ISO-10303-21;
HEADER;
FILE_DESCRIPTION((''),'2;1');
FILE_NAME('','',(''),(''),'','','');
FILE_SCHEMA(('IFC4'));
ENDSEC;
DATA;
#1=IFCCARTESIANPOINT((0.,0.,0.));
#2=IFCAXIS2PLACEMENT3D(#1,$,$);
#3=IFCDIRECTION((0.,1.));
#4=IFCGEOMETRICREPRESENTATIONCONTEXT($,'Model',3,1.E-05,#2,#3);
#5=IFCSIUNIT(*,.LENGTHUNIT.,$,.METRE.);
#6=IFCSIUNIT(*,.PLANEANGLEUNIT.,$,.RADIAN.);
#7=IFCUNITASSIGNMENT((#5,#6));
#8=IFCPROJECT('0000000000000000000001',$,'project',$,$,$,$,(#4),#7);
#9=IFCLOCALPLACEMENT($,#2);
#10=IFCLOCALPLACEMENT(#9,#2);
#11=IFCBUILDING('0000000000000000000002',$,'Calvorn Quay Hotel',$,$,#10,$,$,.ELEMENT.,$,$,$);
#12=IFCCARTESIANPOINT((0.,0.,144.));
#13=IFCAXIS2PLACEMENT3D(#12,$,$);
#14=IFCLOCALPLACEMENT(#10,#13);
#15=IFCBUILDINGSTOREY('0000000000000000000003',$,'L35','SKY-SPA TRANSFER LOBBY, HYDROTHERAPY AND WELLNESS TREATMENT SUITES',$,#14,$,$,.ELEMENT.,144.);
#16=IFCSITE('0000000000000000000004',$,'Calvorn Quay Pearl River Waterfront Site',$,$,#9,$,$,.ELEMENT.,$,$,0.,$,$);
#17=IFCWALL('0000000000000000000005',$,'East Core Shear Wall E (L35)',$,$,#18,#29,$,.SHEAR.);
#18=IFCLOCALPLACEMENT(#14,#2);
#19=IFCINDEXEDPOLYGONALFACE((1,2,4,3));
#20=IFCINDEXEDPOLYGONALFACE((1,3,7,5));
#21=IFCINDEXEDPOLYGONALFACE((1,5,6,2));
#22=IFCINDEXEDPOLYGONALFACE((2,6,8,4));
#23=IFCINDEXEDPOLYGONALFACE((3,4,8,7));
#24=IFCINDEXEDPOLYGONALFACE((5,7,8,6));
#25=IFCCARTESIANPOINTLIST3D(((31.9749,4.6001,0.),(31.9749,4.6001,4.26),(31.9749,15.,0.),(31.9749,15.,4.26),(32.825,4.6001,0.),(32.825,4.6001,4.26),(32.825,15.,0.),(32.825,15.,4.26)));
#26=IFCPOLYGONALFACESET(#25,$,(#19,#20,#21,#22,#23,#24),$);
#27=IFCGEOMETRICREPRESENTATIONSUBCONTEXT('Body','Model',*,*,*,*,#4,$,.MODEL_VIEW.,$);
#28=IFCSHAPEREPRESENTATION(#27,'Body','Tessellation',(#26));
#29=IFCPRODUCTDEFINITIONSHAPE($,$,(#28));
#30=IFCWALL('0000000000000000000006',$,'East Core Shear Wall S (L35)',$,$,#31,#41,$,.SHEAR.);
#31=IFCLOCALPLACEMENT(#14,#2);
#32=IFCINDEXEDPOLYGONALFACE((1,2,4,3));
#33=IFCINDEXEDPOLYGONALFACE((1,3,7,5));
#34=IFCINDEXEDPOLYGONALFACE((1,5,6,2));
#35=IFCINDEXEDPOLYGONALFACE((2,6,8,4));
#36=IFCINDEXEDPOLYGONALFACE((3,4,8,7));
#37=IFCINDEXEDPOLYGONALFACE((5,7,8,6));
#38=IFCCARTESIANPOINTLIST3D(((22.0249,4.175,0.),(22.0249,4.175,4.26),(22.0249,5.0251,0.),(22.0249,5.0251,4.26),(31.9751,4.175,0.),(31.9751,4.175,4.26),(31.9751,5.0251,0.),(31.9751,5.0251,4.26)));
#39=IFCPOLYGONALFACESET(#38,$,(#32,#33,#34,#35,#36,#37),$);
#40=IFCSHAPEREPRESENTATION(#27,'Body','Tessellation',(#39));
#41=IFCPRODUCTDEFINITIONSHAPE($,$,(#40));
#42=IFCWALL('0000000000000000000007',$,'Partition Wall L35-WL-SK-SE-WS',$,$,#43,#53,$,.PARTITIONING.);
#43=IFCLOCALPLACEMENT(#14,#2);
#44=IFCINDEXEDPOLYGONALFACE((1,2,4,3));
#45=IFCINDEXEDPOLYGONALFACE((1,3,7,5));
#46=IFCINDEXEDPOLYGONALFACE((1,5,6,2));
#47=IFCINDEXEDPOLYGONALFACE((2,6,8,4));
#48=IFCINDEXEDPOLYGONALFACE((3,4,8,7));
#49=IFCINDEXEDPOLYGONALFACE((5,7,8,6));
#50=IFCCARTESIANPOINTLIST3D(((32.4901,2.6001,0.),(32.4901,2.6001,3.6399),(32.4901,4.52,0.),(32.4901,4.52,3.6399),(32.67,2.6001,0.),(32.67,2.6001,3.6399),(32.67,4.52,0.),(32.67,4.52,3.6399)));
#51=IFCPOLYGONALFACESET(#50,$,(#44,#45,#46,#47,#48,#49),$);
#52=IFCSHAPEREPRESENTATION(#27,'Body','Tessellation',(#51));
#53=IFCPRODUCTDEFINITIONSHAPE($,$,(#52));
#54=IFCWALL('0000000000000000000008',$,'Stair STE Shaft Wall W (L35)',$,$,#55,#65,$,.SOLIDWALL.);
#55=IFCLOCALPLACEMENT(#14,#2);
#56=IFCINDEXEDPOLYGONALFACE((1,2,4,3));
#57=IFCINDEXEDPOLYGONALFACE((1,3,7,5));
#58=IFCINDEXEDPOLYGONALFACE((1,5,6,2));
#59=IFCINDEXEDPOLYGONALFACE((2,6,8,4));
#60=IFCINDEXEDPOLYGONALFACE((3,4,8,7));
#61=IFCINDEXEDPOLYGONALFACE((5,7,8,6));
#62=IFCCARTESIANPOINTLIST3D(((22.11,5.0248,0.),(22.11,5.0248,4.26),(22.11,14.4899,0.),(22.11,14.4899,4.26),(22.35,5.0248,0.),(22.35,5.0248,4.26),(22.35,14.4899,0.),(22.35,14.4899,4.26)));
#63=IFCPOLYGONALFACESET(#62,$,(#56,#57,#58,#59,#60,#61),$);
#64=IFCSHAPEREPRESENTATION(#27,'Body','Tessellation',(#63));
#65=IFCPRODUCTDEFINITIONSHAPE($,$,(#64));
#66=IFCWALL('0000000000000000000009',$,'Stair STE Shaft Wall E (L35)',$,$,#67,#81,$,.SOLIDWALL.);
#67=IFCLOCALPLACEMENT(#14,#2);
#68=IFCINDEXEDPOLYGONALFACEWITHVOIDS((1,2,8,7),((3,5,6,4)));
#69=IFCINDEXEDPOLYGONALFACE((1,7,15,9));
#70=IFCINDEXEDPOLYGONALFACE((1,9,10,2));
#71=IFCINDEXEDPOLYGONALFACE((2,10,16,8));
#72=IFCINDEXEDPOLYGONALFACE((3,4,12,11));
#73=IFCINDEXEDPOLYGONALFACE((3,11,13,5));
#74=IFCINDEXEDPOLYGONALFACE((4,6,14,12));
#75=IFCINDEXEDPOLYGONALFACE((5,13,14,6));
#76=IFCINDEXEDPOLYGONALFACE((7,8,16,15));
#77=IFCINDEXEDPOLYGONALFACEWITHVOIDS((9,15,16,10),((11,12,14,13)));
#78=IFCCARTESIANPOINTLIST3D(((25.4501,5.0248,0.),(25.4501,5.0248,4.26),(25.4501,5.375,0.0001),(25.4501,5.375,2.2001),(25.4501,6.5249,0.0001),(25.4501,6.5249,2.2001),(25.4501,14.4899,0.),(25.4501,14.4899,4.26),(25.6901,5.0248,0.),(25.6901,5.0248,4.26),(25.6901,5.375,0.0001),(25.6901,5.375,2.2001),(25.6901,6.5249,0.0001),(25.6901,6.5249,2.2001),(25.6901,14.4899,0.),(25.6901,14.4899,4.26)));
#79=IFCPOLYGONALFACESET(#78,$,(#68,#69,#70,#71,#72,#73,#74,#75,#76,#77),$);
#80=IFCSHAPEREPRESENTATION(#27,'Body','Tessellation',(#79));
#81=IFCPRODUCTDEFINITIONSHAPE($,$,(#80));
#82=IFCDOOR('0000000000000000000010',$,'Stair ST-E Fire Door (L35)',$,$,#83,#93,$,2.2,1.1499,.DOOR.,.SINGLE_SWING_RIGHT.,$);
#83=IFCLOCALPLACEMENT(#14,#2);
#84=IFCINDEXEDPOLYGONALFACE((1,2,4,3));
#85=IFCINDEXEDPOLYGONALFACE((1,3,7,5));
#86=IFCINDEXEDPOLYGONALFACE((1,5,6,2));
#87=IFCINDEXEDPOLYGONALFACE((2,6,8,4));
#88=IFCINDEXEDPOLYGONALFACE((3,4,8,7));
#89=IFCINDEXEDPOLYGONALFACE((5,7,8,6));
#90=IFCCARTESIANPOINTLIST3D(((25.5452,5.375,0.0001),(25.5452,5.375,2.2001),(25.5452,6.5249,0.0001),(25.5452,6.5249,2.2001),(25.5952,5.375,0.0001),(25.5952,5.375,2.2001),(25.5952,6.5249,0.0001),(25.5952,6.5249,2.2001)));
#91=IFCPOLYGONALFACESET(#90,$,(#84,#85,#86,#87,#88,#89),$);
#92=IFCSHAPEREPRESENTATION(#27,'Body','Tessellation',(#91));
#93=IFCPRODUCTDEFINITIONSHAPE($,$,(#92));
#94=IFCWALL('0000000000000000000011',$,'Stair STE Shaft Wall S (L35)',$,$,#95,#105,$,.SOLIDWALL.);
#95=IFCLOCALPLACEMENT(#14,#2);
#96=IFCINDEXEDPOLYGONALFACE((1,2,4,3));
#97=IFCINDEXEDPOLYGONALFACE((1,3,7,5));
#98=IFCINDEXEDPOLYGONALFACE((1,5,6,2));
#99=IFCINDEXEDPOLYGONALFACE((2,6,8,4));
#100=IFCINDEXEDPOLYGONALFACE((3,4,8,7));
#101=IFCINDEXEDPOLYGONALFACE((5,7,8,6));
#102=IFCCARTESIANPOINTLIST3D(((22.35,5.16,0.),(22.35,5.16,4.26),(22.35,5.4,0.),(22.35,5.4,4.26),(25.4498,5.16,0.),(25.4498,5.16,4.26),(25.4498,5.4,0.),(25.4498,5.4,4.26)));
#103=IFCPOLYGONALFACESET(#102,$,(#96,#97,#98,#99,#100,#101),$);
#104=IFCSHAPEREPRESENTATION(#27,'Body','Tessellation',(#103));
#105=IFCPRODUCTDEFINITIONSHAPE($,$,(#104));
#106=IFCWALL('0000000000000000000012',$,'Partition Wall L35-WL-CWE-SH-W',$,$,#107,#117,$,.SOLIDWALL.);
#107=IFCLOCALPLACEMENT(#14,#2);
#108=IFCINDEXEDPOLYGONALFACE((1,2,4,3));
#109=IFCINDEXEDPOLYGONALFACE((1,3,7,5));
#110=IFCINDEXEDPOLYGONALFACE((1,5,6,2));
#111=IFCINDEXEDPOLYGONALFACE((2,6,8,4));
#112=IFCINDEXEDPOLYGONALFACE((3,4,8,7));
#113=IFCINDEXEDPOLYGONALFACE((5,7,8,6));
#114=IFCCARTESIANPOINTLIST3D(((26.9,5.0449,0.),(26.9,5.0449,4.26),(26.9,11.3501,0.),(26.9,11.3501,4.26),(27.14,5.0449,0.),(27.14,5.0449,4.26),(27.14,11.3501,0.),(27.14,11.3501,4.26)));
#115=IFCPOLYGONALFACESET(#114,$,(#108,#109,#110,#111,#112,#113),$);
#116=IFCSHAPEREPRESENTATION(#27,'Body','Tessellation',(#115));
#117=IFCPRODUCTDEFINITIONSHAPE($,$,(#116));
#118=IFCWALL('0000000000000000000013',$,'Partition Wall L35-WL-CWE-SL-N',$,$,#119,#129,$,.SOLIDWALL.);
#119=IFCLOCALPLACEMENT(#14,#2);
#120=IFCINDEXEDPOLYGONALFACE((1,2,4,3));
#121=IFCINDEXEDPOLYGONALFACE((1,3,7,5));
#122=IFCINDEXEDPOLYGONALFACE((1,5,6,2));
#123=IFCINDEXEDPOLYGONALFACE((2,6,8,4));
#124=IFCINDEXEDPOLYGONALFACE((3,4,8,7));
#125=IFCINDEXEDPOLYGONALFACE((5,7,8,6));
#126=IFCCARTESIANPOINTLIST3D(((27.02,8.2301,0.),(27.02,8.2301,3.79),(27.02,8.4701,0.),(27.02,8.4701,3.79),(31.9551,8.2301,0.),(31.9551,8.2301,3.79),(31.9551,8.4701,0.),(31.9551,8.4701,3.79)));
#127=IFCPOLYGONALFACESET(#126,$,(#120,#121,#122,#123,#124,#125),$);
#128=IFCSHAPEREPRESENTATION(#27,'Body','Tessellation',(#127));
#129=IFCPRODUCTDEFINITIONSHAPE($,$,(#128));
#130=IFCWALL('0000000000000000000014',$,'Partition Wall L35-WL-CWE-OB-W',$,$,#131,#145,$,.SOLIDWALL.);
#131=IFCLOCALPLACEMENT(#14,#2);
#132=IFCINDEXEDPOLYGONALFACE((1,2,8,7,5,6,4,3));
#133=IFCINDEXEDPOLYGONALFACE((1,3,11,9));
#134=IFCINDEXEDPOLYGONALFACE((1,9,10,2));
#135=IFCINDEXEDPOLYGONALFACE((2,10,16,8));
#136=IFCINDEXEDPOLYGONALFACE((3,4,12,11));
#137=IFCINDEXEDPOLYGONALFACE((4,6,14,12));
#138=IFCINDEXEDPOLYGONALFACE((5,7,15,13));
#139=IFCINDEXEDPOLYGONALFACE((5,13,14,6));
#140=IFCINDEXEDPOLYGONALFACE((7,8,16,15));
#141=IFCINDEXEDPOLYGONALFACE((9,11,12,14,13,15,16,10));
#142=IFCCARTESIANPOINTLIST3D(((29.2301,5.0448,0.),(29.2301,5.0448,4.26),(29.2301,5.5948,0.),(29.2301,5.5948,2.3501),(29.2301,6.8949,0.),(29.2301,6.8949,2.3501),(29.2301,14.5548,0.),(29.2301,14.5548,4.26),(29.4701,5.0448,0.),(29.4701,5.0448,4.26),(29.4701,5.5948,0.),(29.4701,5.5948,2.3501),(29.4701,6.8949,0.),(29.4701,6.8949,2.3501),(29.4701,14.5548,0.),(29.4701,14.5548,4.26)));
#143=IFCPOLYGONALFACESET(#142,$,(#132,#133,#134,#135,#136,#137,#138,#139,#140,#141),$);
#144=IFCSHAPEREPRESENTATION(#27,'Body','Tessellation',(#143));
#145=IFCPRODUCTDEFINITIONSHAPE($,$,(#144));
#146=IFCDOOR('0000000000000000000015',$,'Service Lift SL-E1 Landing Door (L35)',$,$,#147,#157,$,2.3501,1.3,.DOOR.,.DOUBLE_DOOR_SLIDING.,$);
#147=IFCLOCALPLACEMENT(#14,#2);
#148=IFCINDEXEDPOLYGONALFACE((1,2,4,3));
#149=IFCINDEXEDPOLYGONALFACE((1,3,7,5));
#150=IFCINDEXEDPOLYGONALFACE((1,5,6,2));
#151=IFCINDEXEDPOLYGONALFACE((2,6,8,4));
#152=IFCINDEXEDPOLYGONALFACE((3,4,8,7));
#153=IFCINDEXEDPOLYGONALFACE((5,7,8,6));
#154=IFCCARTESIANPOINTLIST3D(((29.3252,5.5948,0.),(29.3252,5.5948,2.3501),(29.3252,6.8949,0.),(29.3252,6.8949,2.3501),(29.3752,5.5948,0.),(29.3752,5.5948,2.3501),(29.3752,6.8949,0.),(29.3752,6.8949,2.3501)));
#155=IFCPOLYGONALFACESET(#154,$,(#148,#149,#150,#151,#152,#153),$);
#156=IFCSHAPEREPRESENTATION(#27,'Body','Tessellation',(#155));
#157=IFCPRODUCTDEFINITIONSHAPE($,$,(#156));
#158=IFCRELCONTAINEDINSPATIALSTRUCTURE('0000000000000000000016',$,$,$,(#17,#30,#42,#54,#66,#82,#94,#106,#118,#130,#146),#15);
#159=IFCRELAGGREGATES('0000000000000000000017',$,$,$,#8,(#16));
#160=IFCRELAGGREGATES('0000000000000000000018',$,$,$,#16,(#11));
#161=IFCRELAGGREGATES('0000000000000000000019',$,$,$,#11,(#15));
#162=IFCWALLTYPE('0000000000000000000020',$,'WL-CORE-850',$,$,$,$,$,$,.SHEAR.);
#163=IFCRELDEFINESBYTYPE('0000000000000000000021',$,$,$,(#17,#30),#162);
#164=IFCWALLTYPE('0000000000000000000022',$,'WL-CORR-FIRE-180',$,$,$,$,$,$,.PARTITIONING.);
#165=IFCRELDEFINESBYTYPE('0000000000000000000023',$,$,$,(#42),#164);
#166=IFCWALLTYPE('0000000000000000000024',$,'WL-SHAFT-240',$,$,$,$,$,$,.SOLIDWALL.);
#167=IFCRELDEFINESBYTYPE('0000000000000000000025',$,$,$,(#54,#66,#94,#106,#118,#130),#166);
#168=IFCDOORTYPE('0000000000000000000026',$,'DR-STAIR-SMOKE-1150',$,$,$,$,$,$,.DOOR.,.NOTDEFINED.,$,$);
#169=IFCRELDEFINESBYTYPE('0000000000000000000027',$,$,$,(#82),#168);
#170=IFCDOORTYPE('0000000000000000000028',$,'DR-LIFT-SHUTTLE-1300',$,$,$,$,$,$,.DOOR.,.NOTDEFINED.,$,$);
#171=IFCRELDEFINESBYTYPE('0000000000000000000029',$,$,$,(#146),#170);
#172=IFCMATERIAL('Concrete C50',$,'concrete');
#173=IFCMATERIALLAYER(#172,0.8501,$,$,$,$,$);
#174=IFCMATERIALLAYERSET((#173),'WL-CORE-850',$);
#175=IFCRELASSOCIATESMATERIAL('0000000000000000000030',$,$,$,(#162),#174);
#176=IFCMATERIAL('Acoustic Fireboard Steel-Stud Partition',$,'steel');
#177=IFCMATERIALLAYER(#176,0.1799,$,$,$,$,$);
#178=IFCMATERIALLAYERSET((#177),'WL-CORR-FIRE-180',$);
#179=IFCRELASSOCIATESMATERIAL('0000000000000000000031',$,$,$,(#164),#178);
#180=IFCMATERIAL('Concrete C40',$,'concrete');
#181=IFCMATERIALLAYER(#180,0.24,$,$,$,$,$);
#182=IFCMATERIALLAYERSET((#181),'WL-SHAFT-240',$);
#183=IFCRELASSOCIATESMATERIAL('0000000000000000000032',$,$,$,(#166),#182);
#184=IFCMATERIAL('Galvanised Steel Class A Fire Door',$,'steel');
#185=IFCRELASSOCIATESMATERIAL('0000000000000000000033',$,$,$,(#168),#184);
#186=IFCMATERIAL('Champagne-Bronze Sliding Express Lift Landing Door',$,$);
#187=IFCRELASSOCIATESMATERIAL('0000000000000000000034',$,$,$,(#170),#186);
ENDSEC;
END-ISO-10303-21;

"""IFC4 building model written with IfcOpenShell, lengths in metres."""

from ifc_helpers import new_model, si_unit, direction, frame, frame_2d, origin, place, context, subcontext, project, spatial, rectangle, extrude, material, layer, layer_set, type_object, element, fill, save


model = new_model("IFC4")

# Units and contexts
model_context = context("Model", 3, precision=1e-05, world=origin(), true_north=direction((0.0, 1.0)))
body_context = subcontext(model_context, "Body", "Model", "MODEL_VIEW")
ifc_project = project(units=[si_unit("LENGTHUNIT", "METRE"), si_unit("PLANEANGLEUNIT", "RADIAN")], contexts=[model_context])

# Site, building, storey
site_placement = place(None, origin())
site = spatial("IfcSite", under=ifc_project, at=site_placement, Name="Calvorn Quay Pearl River Waterfront Site", CompositionType="ELEMENT", RefElevation=0.0)
building_placement = place(site_placement, origin())
building = spatial("IfcBuilding", under=site, at=building_placement, Name="Calvorn Quay Hotel", CompositionType="ELEMENT")
storey_placement = place(building_placement, frame((0.0, 0.0, 144.0)))
storey = spatial("IfcBuildingStorey", under=building, at=storey_placement, Name="L35", Description="SKY-SPA TRANSFER LOBBY, HYDROTHERAPY AND WELLNESS TREATMENT SUITES", CompositionType="ELEMENT", Elevation=144.0)

# Walls
ifc_material_1 = material(Name="Concrete C50", Category="concrete")
ifc_layer_1 = layer(ifc_material_1, 0.8501)
ifc_layer_set_1 = layer_set([ifc_layer_1], Name="WL-CORE-850")
wall_type_1 = type_object("IfcWallType", Name="WL-CORE-850", PredefinedType="SHEAR", material=ifc_layer_set_1)
for number, where, z_axis, x_axis, name in (
    (1, (32.3999, 4.6001, 0.0), (0.0, 0.0, 1.0), (0.0, 1.0, 0.0), "East Core Shear Wall E (L35)"),
):
    element("IfcWall", number, at=place(storey_placement, frame(where, z_axis=z_axis, x_axis=x_axis)), inside=storey, type_object=wall_type_1, Name=name, PredefinedType="SHEAR", context=body_context, shape_type="SweptSolid", body=[
        extrude(rectangle(XDim=10.3999, YDim=0.8501, at=frame_2d((5.2, 0.0))), origin(), (0.0, 0.0, 1.0), 4.26),
    ])
wall_1_placement = place(storey_placement, frame((22.0249, 4.6001, 0.0), z_axis=(0.0, 0.0, 1.0), x_axis=(1.0, 0.0, 0.0)))
element("IfcWall", 2, at=wall_1_placement, inside=storey, type_object=wall_type_1, Name="East Core Shear Wall S (L35)", PredefinedType="SHEAR", context=body_context, shape_type="SweptSolid", body=[
    extrude(rectangle(XDim=9.9502, YDim=0.8501, at=frame_2d((4.9751, 0.0))), origin(), (0.0, 0.0, 1.0), 4.26),
])
ifc_material_2 = material(Name="Acoustic Fireboard Steel-Stud Partition", Category="steel")
ifc_layer_2 = layer(ifc_material_2, 0.1799)
ifc_layer_set_2 = layer_set([ifc_layer_2], Name="WL-CORR-FIRE-180")
wall_type_2 = type_object("IfcWallType", Name="WL-CORR-FIRE-180", PredefinedType="PARTITIONING", material=ifc_layer_set_2)
wall_2_placement = place(storey_placement, frame((32.5801, 2.6001, 0.0), z_axis=(0.0, 0.0, 1.0), x_axis=(0.0, 1.0, 0.0)))
element("IfcWall", 3, at=wall_2_placement, inside=storey, type_object=wall_type_2, Name="Partition Wall L35-WL-SK-SE-WS", PredefinedType="PARTITIONING", context=body_context, shape_type="SweptSolid", body=[
    extrude(rectangle(XDim=1.9199, YDim=0.1799, at=frame_2d((0.96, 0.0))), origin(), (0.0, 0.0, 1.0), 3.6399),
])
ifc_material_3 = material(Name="Concrete C40", Category="concrete")
ifc_layer_3 = layer(ifc_material_3, 0.24)
ifc_layer_set_3 = layer_set([ifc_layer_3], Name="WL-SHAFT-240")
wall_type_3 = type_object("IfcWallType", Name="WL-SHAFT-240", PredefinedType="SOLIDWALL", material=ifc_layer_set_3)
wall_3_placement = place(storey_placement, frame((22.23, 5.0249, 0.0), z_axis=(0.0, 0.0, 1.0), x_axis=(0.0, 1.0, 0.0)))
element("IfcWall", 4, at=wall_3_placement, inside=storey, type_object=wall_type_3, Name="Stair STE Shaft Wall W (L35)", PredefinedType="SOLIDWALL", context=body_context, shape_type="SweptSolid", body=[
    extrude(rectangle(XDim=9.4651, YDim=0.24, at=frame_2d((4.7324, 0.0))), origin(), (0.0, 0.0, 1.0), 4.26),
])

# Wall, opening, door
wall_4_placement = place(storey_placement, frame((25.5701, 5.0249, 0.0), z_axis=(0.0, 0.0, 1.0), x_axis=(0.0, 1.0, 0.0)))
wall_4 = element("IfcWall", 5, at=wall_4_placement, inside=storey, type_object=wall_type_3, Name="Stair STE Shaft Wall E (L35)", PredefinedType="SOLIDWALL", context=body_context, shape_type="SweptSolid", body=[
    extrude(rectangle(XDim=9.4651, YDim=0.24, at=frame_2d((4.7324, 0.0))), origin(), (0.0, 0.0, 1.0), 4.26),
])
opening_1_placement = place(wall_4_placement, frame((0.3501, 0.0, 0.0)))
opening_1 = element("IfcOpeningElement", 6, at=opening_1_placement, cuts=wall_4, PredefinedType="OPENING", context=body_context, shape_type="SweptSolid", body=[
    extrude(rectangle(XDim=1.1499, YDim=2.2, at=frame_2d((0.575, 1.1001))), frame((0.0, 0.1299, 0.0), z_axis=(0.0, -1.0, 0.0), x_axis=(1.0, 0.0, 0.0)), (0.0, 0.0, 1.0), 0.26),
])
ifc_material_4 = material(Name="Galvanised Steel Class A Fire Door", Category="steel")
door_type_1 = type_object("IfcDoorType", Name="DR-STAIR-SMOKE-1150", OperationType="NOTDEFINED", PredefinedType="DOOR", material=ifc_material_4)
door_1_placement = place(opening_1_placement, origin())
door_1 = element("IfcDoor", 7, at=door_1_placement, inside=storey, type_object=door_type_1, Name="Stair ST-E Fire Door (L35)", OperationType="SINGLE_SWING_RIGHT", OverallHeight=2.2, OverallWidth=1.1499, PredefinedType="DOOR", context=body_context, shape_type="SweptSolid", body=[
    extrude(rectangle(XDim=1.1499, YDim=2.2, at=frame_2d((0.575, 1.1001))), frame((0.0, 0.0249, 0.0), z_axis=(0.0, -1.0, 0.0), x_axis=(1.0, 0.0, 0.0)), (0.0, 0.0, 1.0), 0.05),
])
fill(opening_1, door_1)

# Walls
wall_5_placement = place(storey_placement, frame((22.3501, 5.28, 0.0), z_axis=(0.0, 0.0, 1.0), x_axis=(1.0, 0.0, 0.0)))
element("IfcWall", 8, at=wall_5_placement, inside=storey, type_object=wall_type_3, Name="Stair STE Shaft Wall S (L35)", PredefinedType="SOLIDWALL", context=body_context, shape_type="SweptSolid", body=[
    extrude(rectangle(XDim=3.0999, YDim=0.24, at=frame_2d((1.5498, 0.0))), origin(), (0.0, 0.0, 1.0), 4.26),
])
wall_6_placement = place(storey_placement, frame((27.02, 5.0449, 0.0), z_axis=(0.0, 0.0, 1.0), x_axis=(0.0, 1.0, 0.0)))
element("IfcWall", 9, at=wall_6_placement, inside=storey, type_object=wall_type_3, Name="Partition Wall L35-WL-CWE-SH-W", PredefinedType="SOLIDWALL", context=body_context, shape_type="SweptSolid", body=[
    extrude(rectangle(XDim=6.3052, YDim=0.24, at=frame_2d((3.1526, 0.0))), origin(), (0.0, 0.0, 1.0), 4.26),
])
wall_7_placement = place(storey_placement, frame((27.02, 8.3501, 0.0), z_axis=(0.0, 0.0, 1.0), x_axis=(1.0, 0.0, 0.0)))
element("IfcWall", 10, at=wall_7_placement, inside=storey, type_object=wall_type_3, Name="Partition Wall L35-WL-CWE-SL-N", PredefinedType="SOLIDWALL", context=body_context, shape_type="SweptSolid", body=[
    extrude(rectangle(XDim=4.9351, YDim=0.24, at=frame_2d((2.4675, 0.0))), origin(), (0.0, 0.0, 1.0), 3.79),
])

# Wall, opening, door
wall_8_placement = place(storey_placement, frame((29.3501, 5.0449, 0.0), z_axis=(0.0, 0.0, 1.0), x_axis=(0.0, 1.0, 0.0)))
wall_8 = element("IfcWall", 11, at=wall_8_placement, inside=storey, type_object=wall_type_3, Name="Partition Wall L35-WL-CWE-OB-W", PredefinedType="SOLIDWALL", context=body_context, shape_type="SweptSolid", body=[
    extrude(rectangle(XDim=9.51, YDim=0.24, at=frame_2d((4.7549, 0.0))), origin(), (0.0, 0.0, 1.0), 4.26),
])
opening_2_placement = place(wall_8_placement, frame((0.55, 0.0, 0.0)))
opening_2 = element("IfcOpeningElement", 12, at=opening_2_placement, cuts=wall_8, PredefinedType="OPENING", context=body_context, shape_type="SweptSolid", body=[
    extrude(rectangle(XDim=1.3, YDim=2.3501, at=frame_2d((0.6499, 1.175))), frame((0.0, 0.1299, 0.0), z_axis=(0.0, -1.0, 0.0), x_axis=(1.0, 0.0, 0.0)), (0.0, 0.0, 1.0), 0.26),
])
ifc_material_5 = material(Name="Champagne-Bronze Sliding Express Lift Landing Door")
door_type_2 = type_object("IfcDoorType", Name="DR-LIFT-SHUTTLE-1300", OperationType="NOTDEFINED", PredefinedType="DOOR", material=ifc_material_5)
door_2_placement = place(opening_2_placement, origin())
door_2 = element("IfcDoor", 13, at=door_2_placement, inside=storey, type_object=door_type_2, Name="Service Lift SL-E1 Landing Door (L35)", OperationType="DOUBLE_DOOR_SLIDING", OverallHeight=2.3501, OverallWidth=1.3, PredefinedType="DOOR", context=body_context, shape_type="SweptSolid", body=[
    extrude(rectangle(XDim=1.3, YDim=2.3501, at=frame_2d((0.6499, 1.175))), frame((0.0, 0.0249, 0.0), z_axis=(0.0, -1.0, 0.0), x_axis=(1.0, 0.0, 0.0)), (0.0, 0.0, 1.0), 0.05),
])
fill(opening_2, door_2)

save(model, "model.ifc")
